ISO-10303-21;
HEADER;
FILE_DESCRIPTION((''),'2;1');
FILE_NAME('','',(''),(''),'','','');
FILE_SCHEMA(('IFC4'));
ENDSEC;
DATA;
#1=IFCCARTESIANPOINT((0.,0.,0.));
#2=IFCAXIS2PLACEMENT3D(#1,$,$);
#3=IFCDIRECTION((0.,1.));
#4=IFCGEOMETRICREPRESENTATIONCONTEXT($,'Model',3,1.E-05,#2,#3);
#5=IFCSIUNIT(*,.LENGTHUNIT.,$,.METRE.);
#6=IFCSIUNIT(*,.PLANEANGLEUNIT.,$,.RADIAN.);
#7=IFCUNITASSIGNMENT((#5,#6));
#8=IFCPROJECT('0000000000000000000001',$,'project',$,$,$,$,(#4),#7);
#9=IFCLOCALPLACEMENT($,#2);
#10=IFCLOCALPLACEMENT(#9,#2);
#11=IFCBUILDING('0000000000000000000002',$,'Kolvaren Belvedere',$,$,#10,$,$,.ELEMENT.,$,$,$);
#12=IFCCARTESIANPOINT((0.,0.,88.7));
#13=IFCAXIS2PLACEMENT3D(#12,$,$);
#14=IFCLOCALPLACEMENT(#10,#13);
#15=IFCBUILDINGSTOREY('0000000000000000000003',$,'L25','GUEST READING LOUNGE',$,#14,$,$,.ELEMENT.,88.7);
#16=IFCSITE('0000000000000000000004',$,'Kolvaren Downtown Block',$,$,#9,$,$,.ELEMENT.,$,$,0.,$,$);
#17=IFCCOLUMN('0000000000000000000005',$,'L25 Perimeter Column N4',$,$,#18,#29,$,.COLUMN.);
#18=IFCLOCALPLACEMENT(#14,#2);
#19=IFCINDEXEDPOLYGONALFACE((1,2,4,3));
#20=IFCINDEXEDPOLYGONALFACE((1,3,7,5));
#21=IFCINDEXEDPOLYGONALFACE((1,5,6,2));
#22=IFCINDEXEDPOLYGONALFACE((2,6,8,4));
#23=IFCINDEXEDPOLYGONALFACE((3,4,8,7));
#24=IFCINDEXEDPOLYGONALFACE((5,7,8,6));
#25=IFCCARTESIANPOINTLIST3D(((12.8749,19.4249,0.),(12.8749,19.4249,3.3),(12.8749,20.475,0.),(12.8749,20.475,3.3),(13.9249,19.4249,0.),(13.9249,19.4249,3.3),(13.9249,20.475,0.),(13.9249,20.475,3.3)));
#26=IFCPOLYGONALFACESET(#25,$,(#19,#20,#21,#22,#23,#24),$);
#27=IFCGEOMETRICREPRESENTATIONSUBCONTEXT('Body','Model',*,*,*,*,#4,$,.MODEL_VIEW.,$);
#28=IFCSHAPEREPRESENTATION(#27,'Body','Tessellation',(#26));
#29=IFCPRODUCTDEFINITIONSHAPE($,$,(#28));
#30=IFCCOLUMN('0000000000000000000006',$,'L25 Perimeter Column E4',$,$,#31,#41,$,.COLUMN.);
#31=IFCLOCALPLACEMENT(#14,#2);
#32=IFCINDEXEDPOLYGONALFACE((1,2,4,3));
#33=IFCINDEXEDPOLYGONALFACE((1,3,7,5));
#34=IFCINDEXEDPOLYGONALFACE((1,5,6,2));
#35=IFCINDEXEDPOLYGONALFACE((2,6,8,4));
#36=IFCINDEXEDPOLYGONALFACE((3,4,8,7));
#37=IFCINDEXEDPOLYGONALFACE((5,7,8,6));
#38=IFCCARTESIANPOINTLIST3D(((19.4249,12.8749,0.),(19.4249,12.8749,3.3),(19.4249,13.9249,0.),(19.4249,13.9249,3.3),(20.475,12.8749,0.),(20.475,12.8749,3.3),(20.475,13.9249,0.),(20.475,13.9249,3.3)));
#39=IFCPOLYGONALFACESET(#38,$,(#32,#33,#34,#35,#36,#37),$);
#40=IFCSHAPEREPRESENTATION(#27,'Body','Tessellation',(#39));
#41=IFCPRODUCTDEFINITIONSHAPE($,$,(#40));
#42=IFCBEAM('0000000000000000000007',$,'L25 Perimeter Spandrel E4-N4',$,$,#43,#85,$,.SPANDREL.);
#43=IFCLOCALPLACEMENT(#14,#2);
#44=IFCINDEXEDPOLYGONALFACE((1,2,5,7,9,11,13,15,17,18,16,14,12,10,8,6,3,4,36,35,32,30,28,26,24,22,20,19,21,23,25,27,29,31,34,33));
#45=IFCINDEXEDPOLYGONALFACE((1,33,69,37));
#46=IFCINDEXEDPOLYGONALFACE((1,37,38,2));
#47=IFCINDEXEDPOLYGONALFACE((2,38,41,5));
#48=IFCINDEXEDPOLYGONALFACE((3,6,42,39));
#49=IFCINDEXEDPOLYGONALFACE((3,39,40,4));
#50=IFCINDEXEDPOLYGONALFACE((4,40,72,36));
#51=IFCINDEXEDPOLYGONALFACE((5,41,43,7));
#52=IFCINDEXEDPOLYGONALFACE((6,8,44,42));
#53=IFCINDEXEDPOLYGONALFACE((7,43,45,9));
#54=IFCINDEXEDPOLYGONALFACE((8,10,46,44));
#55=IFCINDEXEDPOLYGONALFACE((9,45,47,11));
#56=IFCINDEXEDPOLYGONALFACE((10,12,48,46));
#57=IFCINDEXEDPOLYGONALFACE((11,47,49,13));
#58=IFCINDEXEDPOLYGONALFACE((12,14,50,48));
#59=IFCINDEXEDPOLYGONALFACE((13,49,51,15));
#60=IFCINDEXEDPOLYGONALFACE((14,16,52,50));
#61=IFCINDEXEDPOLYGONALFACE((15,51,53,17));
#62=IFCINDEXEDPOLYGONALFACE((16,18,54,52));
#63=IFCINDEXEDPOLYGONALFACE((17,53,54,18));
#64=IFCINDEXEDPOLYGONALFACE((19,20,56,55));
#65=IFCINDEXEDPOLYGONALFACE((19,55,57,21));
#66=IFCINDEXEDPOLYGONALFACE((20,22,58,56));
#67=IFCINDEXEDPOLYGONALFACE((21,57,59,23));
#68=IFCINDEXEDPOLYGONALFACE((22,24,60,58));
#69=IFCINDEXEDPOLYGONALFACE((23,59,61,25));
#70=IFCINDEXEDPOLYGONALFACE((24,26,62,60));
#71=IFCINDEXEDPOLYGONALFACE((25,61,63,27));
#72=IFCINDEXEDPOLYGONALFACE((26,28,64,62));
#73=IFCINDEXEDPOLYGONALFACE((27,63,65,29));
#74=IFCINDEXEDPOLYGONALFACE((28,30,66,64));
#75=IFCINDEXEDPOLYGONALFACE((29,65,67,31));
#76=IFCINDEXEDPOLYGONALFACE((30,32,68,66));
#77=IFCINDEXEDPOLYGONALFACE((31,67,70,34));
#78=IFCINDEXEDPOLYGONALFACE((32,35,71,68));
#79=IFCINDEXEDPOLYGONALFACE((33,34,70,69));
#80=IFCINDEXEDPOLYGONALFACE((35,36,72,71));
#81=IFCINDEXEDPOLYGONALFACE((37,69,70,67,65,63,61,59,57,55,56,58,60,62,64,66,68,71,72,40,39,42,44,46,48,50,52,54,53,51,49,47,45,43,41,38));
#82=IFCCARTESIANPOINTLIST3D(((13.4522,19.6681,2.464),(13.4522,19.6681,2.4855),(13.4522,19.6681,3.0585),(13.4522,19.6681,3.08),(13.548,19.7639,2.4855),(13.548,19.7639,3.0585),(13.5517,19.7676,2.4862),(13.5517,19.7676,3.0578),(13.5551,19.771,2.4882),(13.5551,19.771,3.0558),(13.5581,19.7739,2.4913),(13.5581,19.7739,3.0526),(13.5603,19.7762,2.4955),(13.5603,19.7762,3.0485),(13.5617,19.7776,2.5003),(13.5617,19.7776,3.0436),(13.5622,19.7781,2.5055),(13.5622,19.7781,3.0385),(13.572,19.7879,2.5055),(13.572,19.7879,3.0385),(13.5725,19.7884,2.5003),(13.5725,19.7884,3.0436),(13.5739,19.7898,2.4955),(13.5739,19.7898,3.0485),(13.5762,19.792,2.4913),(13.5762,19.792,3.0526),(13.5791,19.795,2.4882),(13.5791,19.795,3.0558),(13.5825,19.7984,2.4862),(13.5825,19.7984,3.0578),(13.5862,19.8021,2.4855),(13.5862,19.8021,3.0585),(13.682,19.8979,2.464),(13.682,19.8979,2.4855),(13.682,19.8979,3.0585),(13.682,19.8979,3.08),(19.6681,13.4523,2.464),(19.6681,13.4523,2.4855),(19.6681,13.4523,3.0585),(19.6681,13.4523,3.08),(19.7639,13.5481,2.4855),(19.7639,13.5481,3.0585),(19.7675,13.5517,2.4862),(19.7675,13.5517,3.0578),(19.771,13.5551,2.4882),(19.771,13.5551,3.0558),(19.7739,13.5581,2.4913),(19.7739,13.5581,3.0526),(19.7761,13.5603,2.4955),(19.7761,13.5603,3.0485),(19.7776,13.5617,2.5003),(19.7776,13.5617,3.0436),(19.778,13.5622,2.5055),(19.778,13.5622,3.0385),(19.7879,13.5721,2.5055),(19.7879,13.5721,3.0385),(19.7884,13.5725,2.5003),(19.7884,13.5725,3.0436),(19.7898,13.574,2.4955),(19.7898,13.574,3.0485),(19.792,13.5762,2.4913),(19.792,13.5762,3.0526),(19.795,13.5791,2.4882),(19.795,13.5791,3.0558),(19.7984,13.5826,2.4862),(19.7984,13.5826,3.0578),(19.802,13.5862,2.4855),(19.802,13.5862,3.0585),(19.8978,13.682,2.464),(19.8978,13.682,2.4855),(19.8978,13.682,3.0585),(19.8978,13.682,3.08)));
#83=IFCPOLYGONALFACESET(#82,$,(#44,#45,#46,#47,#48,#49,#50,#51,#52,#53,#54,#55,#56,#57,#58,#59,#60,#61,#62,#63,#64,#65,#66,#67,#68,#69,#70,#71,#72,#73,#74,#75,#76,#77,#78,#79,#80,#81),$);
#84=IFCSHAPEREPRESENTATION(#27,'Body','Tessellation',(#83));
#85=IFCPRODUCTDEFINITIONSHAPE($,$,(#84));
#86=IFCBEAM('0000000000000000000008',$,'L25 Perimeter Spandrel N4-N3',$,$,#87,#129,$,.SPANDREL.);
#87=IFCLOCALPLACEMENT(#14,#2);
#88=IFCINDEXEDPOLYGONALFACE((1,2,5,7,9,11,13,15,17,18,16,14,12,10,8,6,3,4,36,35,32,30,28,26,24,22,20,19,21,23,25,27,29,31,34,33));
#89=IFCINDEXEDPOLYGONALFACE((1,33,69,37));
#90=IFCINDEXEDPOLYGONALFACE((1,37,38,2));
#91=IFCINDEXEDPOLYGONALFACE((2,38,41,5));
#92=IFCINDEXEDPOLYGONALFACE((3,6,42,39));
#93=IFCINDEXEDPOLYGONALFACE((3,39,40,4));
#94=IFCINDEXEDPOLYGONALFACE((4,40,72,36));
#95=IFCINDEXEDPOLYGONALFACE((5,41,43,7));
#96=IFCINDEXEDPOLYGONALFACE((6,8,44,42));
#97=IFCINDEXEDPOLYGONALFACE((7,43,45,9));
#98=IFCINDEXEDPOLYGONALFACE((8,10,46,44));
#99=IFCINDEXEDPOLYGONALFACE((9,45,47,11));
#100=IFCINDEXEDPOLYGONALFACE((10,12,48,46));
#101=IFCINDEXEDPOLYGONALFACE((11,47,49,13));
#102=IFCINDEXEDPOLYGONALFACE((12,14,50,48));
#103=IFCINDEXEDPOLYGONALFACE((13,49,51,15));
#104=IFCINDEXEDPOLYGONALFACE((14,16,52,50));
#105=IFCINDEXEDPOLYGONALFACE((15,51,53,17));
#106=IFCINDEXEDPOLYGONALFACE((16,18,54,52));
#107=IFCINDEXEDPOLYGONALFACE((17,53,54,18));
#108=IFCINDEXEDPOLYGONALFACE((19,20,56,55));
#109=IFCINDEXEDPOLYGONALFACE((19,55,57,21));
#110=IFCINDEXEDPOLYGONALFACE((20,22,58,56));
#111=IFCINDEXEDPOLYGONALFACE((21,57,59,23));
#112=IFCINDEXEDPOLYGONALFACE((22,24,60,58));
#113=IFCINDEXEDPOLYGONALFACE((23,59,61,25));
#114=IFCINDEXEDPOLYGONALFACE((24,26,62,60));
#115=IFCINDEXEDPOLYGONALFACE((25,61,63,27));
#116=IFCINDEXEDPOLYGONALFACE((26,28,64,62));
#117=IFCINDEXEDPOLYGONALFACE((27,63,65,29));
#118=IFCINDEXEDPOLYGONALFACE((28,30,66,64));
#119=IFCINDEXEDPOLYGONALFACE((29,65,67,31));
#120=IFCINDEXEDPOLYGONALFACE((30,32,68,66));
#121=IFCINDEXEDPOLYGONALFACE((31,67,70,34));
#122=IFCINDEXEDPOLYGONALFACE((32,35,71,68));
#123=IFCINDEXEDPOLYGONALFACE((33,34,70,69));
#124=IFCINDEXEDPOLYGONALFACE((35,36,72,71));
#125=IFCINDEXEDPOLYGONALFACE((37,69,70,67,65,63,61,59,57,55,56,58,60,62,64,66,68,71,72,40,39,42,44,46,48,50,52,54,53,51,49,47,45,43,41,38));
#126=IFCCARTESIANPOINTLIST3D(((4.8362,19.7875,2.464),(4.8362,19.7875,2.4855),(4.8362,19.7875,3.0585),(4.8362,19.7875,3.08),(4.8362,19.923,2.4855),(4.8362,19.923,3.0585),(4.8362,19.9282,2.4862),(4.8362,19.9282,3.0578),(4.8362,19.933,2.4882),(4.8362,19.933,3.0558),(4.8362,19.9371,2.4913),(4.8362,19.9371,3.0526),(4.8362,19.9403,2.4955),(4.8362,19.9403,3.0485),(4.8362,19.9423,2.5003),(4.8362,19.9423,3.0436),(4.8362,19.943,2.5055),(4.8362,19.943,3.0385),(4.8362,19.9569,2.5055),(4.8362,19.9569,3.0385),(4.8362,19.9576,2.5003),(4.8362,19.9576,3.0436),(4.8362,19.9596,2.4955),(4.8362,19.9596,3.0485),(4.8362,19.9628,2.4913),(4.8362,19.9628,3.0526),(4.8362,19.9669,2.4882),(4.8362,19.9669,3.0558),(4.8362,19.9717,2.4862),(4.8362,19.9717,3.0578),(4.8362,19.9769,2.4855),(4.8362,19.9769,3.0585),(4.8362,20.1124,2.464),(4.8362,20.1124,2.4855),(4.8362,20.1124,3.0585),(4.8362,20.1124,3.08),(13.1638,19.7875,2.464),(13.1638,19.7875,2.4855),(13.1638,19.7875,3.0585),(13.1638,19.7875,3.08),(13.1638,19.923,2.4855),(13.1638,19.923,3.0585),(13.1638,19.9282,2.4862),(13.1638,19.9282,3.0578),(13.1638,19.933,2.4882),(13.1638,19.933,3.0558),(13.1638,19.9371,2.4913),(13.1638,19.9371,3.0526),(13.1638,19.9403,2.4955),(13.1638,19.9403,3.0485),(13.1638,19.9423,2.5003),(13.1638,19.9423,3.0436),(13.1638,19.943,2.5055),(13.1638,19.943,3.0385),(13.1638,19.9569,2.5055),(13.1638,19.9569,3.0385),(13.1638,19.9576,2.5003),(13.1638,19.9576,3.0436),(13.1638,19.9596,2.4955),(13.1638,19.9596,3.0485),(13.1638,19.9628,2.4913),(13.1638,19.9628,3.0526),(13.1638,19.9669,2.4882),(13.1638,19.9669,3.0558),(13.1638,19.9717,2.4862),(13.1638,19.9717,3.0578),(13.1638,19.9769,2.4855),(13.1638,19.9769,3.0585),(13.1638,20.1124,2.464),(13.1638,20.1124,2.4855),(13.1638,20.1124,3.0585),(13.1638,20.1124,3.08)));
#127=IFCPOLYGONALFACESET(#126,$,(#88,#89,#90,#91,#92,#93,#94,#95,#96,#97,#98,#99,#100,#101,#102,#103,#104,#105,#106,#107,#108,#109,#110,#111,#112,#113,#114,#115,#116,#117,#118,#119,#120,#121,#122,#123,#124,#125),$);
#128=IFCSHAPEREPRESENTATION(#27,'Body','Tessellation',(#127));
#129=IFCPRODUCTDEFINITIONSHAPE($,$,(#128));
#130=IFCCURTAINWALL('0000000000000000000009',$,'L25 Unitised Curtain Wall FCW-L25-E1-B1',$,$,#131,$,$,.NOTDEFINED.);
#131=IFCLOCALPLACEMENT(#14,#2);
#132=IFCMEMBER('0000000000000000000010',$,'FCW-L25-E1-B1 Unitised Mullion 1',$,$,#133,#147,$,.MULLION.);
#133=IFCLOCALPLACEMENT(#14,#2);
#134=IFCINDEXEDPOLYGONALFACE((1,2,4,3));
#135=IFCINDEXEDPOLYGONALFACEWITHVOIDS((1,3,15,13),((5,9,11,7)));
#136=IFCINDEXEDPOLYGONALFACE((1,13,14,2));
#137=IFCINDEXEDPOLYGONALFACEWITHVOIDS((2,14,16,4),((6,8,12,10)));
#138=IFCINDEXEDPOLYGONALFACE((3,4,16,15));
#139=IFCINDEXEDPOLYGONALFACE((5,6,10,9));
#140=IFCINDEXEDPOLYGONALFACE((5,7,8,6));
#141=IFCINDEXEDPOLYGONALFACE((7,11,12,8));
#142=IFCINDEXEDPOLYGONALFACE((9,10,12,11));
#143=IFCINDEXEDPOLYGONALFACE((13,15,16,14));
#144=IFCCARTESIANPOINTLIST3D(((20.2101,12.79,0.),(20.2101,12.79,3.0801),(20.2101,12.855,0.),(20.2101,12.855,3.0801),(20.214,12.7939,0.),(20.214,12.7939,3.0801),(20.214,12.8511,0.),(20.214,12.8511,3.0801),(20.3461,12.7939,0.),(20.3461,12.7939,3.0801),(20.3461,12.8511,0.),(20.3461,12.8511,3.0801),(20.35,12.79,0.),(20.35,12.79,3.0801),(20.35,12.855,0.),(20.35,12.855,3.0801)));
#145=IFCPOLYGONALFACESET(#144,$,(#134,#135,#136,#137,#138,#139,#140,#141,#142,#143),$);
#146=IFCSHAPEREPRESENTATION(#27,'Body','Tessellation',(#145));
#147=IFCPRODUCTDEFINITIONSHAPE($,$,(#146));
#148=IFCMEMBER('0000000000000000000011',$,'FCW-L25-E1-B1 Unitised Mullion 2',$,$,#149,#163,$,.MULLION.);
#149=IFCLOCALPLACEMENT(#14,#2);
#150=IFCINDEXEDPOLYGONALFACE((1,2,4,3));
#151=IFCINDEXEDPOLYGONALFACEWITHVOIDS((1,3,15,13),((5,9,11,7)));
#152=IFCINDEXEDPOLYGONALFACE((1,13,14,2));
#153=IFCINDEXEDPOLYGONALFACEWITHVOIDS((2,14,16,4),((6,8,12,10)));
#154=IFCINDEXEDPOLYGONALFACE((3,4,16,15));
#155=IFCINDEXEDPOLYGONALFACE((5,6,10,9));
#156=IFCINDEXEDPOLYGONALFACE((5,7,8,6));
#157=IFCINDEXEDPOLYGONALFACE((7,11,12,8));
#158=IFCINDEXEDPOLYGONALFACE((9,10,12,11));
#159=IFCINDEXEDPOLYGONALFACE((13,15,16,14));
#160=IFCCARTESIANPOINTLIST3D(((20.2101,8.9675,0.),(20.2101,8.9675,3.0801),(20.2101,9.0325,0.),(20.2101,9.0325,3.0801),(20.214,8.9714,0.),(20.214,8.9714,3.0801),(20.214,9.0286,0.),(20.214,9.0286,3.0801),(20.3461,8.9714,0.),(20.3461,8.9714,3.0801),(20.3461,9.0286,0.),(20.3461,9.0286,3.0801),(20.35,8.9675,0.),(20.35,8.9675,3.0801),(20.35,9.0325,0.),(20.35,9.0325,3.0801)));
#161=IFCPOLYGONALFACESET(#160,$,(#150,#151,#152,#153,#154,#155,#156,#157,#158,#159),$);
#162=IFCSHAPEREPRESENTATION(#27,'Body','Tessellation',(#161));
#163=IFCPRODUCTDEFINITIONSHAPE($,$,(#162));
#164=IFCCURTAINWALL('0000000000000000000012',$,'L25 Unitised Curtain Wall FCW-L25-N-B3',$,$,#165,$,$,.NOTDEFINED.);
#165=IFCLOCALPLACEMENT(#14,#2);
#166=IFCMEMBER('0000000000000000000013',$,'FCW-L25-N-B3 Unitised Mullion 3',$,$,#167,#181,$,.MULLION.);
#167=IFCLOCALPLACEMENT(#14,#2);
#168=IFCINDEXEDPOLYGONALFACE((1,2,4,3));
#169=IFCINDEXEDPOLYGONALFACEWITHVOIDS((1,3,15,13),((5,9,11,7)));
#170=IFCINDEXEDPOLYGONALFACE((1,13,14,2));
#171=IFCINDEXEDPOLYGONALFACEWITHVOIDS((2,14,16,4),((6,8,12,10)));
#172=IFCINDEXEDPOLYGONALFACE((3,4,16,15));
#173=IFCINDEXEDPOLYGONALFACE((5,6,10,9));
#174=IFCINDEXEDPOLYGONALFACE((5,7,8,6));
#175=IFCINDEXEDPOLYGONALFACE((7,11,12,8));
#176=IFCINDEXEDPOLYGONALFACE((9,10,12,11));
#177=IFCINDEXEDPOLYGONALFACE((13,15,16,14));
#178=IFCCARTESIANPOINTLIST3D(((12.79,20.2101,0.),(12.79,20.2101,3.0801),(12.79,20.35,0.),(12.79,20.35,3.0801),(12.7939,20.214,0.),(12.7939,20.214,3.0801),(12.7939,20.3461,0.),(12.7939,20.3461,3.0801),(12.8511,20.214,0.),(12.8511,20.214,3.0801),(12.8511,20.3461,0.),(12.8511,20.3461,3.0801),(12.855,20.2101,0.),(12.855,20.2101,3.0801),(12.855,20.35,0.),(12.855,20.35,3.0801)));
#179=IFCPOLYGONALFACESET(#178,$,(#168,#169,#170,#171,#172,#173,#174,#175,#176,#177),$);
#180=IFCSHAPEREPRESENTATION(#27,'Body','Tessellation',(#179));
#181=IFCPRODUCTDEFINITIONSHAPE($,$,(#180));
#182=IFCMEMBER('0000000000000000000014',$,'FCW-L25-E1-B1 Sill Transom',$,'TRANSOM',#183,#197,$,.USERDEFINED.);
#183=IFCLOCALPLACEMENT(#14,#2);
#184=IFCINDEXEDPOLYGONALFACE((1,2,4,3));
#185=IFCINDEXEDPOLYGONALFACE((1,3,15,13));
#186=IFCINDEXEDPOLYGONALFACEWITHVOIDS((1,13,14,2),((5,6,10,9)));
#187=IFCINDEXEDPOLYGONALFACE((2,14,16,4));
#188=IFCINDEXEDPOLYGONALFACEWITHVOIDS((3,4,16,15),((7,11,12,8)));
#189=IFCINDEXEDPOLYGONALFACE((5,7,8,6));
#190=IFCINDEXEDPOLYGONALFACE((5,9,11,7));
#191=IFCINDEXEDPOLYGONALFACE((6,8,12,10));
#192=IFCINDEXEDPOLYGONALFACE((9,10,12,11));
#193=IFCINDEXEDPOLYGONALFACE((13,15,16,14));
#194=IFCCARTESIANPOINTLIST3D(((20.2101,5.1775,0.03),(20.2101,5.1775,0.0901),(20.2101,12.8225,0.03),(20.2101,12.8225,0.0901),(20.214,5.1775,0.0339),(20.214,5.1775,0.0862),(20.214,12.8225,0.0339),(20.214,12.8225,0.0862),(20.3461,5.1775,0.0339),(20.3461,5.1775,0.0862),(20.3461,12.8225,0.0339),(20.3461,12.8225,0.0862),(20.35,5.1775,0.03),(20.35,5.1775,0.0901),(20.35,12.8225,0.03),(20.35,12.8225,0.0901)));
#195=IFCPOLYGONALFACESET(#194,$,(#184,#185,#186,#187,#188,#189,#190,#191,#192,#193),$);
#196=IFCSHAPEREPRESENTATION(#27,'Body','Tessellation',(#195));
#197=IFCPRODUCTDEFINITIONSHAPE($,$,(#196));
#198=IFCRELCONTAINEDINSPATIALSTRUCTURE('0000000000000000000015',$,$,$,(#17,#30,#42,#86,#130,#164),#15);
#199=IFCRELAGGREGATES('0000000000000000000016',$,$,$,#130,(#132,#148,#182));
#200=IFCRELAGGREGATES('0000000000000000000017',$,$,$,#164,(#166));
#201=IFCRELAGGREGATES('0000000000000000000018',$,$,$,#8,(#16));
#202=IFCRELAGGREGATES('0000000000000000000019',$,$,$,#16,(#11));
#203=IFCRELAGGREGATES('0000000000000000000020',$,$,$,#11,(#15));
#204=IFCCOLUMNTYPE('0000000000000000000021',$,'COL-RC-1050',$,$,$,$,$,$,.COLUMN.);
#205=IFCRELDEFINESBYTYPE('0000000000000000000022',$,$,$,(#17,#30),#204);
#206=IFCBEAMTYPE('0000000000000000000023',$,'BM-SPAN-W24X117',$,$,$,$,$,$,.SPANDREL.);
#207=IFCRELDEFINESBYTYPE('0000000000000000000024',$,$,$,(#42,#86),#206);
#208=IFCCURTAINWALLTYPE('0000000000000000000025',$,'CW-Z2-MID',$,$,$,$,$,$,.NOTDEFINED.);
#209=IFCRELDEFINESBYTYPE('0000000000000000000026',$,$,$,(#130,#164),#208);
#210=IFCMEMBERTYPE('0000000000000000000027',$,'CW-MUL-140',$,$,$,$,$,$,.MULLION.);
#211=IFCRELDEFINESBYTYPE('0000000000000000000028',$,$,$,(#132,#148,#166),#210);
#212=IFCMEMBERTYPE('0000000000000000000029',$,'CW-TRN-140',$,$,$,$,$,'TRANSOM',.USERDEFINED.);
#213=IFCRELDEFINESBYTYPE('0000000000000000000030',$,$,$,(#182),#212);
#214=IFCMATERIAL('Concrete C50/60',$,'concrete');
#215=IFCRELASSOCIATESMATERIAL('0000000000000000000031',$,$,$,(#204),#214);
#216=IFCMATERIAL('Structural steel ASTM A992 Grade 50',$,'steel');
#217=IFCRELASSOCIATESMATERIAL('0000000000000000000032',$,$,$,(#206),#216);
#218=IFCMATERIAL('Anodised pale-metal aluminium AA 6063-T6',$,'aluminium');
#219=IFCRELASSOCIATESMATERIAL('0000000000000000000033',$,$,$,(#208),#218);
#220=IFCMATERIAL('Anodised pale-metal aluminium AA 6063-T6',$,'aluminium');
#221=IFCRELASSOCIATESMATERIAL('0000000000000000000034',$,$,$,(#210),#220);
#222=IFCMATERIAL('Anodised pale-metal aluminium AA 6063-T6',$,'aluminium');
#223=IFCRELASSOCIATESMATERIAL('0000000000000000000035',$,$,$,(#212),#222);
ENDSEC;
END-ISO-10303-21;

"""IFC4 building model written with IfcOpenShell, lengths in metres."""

from ifc_helpers import new_model, si_unit, direction, frame, origin, origin_2d, place, context, subcontext, project, spatial, rectangle, hollow_rectangle, i_section, extrude, material, material_profile, profile_set, type_object, element, aggregate, save


model = new_model("IFC4")

# Units and contexts
model_context = context("Model", 3, precision=1e-05, world=origin(), true_north=direction((0.0, 1.0)))
body_context = subcontext(model_context, "Body", "Model", "MODEL_VIEW")
ifc_project = project(units=[si_unit("LENGTHUNIT", "METRE"), si_unit("PLANEANGLEUNIT", "RADIAN")], contexts=[model_context])

# Site, building, storey
site_placement = place(None, origin())
site = spatial("IfcSite", under=ifc_project, at=site_placement, Name="Kolvaren Downtown Block", CompositionType="ELEMENT", RefElevation=0.0)
building_placement = place(site_placement, origin())
building = spatial("IfcBuilding", under=site, at=building_placement, Name="Kolvaren Belvedere", CompositionType="ELEMENT")
storey_placement = place(building_placement, frame((0.0, 0.0, 88.7)))
storey = spatial("IfcBuildingStorey", under=building, at=storey_placement, Name="L25", Description="GUEST READING LOUNGE", CompositionType="ELEMENT", Elevation=88.7)

# Columns
ifc_material_1 = material(Name="Concrete C50/60", Category="concrete")
ifc_material_profile_1 = material_profile(ifc_material_1, rectangle(XDim=1.05, YDim=1.05, at=origin_2d()), Name="RC 1050X1050")
ifc_profile_set_1 = profile_set([ifc_material_profile_1], Name="Concrete C50/60")
column_type = type_object("IfcColumnType", Name="COL-RC-1050", PredefinedType="COLUMN", material=ifc_profile_set_1)
for number, where, z_axis, x_axis, name in (
    (1, (13.3999, 19.95, 0.0), (0.0, 0.0, 1.0), (1.0, 0.0, 0.0), "L25 Perimeter Column N4"),
    (2, (19.95, 13.3999, 0.0), (0.0, 0.0, 1.0), (1.0, 0.0, 0.0), "L25 Perimeter Column E4"),
):
    element("IfcColumn", number, at=place(storey_placement, frame(where, z_axis=z_axis, x_axis=x_axis)), inside=storey, type_object=column_type, Name=name, PredefinedType="COLUMN", context=body_context, shape_type="SweptSolid", body=[
        extrude(rectangle(XDim=1.05, YDim=1.05, at=origin_2d()), origin(), (0.0, 0.0, 1.0), 3.3),
    ])

# Beams
ifc_material_2 = material(Name="Structural steel ASTM A992 Grade 50", Category="steel")
ifc_material_profile_2 = material_profile(ifc_material_2, i_section(OverallWidth=0.325, OverallDepth=0.616, WebThickness=0.0139, FlangeThickness=0.0215, FilletRadius=0.02, at=origin_2d()), Name="W24X117")
ifc_profile_set_2 = profile_set([ifc_material_profile_2], Name="Structural steel ASTM A992 Grade 50")
beam_type = type_object("IfcBeamType", Name="BM-SPAN-W24X117", PredefinedType="SPANDREL", material=ifc_profile_set_2)
beam_1_placement = place(storey_placement, frame((19.783, 13.5671, 2.772), z_axis=(-0.707107, 0.707107, 0.0), x_axis=(-0.707107, -0.707107, 0.0)))
element("IfcBeam", 3, at=beam_1_placement, inside=storey, type_object=beam_type, Name="L25 Perimeter Spandrel E4-N4", PredefinedType="SPANDREL", context=body_context, shape_type="SweptSolid", body=[
    extrude(i_section(OverallWidth=0.325, OverallDepth=0.616, WebThickness=0.0139, FlangeThickness=0.0215, FilletRadius=0.02, at=origin_2d()), origin(), (0.0, 0.0, 1.0), 8.7905),
])
beam_2_placement = place(storey_placement, frame((13.1638, 19.95, 2.772), z_axis=(-1.0, 0.0, 0.0), x_axis=(0.0, -1.0, 0.0)))
element("IfcBeam", 4, at=beam_2_placement, inside=storey, type_object=beam_type, Name="L25 Perimeter Spandrel N4-N3", PredefinedType="SPANDREL", context=body_context, shape_type="SweptSolid", body=[
    extrude(i_section(OverallWidth=0.325, OverallDepth=0.616, WebThickness=0.0139, FlangeThickness=0.0215, FilletRadius=0.02, at=origin_2d()), origin(), (0.0, 0.0, 1.0), 8.3276),
])

# Curtain wall, members
ifc_material_3 = material(Name="Anodised pale-metal aluminium AA 6063-T6", Category="aluminium")
curtain_wall_type = type_object("IfcCurtainWallType", Name="CW-Z2-MID", PredefinedType="NOTDEFINED", material=ifc_material_3)
curtain_wall_1_placement = place(storey_placement, origin())
curtain_wall_1 = element("IfcCurtainWall", 5, at=curtain_wall_1_placement, inside=storey, type_object=curtain_wall_type, Name="L25 Unitised Curtain Wall FCW-L25-E1-B1", PredefinedType="NOTDEFINED")
ifc_material_4 = material(Name="Anodised pale-metal aluminium AA 6063-T6", Category="aluminium")
ifc_material_profile_3 = material_profile(ifc_material_4, hollow_rectangle(XDim=0.0649, YDim=0.1399, WallThickness=0.0039, at=origin_2d()), Name="ALU-MUL-140X65")
ifc_profile_set_3 = profile_set([ifc_material_profile_3], Name="Anodised pale-metal aluminium AA 6063-T6")
member_type_1 = type_object("IfcMemberType", Name="CW-MUL-140", PredefinedType="MULLION", material=ifc_profile_set_3)
member_1_placement = place(storey_placement, frame((20.28, 12.8225, 0.0), z_axis=(0.0, 0.0, 1.0), x_axis=(0.0, 1.0, 0.0)))
member_1 = element("IfcMember", 6, at=member_1_placement, type_object=member_type_1, Name="FCW-L25-E1-B1 Unitised Mullion 1", PredefinedType="MULLION", context=body_context, shape_type="SweptSolid", body=[
    extrude(hollow_rectangle(XDim=0.0649, YDim=0.1399, WallThickness=0.0039, at=origin_2d()), origin(), (0.0, 0.0, 1.0), 3.0801),
])
member_2_placement = place(storey_placement, frame((20.28, 9.0, 0.0), z_axis=(0.0, 0.0, 1.0), x_axis=(0.0, 1.0, 0.0)))
member_2 = element("IfcMember", 7, at=member_2_placement, type_object=member_type_1, Name="FCW-L25-E1-B1 Unitised Mullion 2", PredefinedType="MULLION", context=body_context, shape_type="SweptSolid", body=[
    extrude(hollow_rectangle(XDim=0.0649, YDim=0.1399, WallThickness=0.0039, at=origin_2d()), origin(), (0.0, 0.0, 1.0), 3.0801),
])

# Curtain wall, member
curtain_wall_2_placement = place(storey_placement, origin())
curtain_wall_2 = element("IfcCurtainWall", 8, at=curtain_wall_2_placement, inside=storey, type_object=curtain_wall_type, Name="L25 Unitised Curtain Wall FCW-L25-N-B3", PredefinedType="NOTDEFINED")
member_3_placement = place(storey_placement, frame((12.8225, 20.28, 0.0), z_axis=(0.0, 0.0, 1.0), x_axis=(1.0, 0.0, 0.0)))
member_3 = element("IfcMember", 9, at=member_3_placement, type_object=member_type_1, Name="FCW-L25-N-B3 Unitised Mullion 3", PredefinedType="MULLION", context=body_context, shape_type="SweptSolid", body=[
    extrude(hollow_rectangle(XDim=0.0649, YDim=0.1399, WallThickness=0.0039, at=origin_2d()), origin(), (0.0, 0.0, 1.0), 3.0801),
])

# Member
ifc_material_5 = material(Name="Anodised pale-metal aluminium AA 6063-T6", Category="aluminium")
ifc_material_profile_4 = material_profile(ifc_material_5, hollow_rectangle(XDim=0.0601, YDim=0.1399, WallThickness=0.0039, at=origin_2d()), Name="ALU-TRN-140X60")
ifc_profile_set_4 = profile_set([ifc_material_profile_4], Name="Anodised pale-metal aluminium AA 6063-T6")
member_type_2 = type_object("IfcMemberType", Name="CW-TRN-140", ElementType="TRANSOM", PredefinedType="USERDEFINED", material=ifc_profile_set_4)
member_4_placement = place(storey_placement, frame((20.28, 12.8225, 0.0601), z_axis=(0.0, -1.0, 0.0), x_axis=(0.0, 0.0, 1.0)))
member_4 = element("IfcMember", 10, at=member_4_placement, type_object=member_type_2, Name="FCW-L25-E1-B1 Sill Transom", ObjectType="TRANSOM", PredefinedType="USERDEFINED", context=body_context, shape_type="SweptSolid", body=[
    extrude(hollow_rectangle(XDim=0.0601, YDim=0.1399, WallThickness=0.0039, at=origin_2d()), origin(), (0.0, 0.0, 1.0), 7.645),
])

aggregate(curtain_wall_1, [member_1, member_2, member_4])
aggregate(curtain_wall_2, [member_3])

save(model, "model.ifc")
